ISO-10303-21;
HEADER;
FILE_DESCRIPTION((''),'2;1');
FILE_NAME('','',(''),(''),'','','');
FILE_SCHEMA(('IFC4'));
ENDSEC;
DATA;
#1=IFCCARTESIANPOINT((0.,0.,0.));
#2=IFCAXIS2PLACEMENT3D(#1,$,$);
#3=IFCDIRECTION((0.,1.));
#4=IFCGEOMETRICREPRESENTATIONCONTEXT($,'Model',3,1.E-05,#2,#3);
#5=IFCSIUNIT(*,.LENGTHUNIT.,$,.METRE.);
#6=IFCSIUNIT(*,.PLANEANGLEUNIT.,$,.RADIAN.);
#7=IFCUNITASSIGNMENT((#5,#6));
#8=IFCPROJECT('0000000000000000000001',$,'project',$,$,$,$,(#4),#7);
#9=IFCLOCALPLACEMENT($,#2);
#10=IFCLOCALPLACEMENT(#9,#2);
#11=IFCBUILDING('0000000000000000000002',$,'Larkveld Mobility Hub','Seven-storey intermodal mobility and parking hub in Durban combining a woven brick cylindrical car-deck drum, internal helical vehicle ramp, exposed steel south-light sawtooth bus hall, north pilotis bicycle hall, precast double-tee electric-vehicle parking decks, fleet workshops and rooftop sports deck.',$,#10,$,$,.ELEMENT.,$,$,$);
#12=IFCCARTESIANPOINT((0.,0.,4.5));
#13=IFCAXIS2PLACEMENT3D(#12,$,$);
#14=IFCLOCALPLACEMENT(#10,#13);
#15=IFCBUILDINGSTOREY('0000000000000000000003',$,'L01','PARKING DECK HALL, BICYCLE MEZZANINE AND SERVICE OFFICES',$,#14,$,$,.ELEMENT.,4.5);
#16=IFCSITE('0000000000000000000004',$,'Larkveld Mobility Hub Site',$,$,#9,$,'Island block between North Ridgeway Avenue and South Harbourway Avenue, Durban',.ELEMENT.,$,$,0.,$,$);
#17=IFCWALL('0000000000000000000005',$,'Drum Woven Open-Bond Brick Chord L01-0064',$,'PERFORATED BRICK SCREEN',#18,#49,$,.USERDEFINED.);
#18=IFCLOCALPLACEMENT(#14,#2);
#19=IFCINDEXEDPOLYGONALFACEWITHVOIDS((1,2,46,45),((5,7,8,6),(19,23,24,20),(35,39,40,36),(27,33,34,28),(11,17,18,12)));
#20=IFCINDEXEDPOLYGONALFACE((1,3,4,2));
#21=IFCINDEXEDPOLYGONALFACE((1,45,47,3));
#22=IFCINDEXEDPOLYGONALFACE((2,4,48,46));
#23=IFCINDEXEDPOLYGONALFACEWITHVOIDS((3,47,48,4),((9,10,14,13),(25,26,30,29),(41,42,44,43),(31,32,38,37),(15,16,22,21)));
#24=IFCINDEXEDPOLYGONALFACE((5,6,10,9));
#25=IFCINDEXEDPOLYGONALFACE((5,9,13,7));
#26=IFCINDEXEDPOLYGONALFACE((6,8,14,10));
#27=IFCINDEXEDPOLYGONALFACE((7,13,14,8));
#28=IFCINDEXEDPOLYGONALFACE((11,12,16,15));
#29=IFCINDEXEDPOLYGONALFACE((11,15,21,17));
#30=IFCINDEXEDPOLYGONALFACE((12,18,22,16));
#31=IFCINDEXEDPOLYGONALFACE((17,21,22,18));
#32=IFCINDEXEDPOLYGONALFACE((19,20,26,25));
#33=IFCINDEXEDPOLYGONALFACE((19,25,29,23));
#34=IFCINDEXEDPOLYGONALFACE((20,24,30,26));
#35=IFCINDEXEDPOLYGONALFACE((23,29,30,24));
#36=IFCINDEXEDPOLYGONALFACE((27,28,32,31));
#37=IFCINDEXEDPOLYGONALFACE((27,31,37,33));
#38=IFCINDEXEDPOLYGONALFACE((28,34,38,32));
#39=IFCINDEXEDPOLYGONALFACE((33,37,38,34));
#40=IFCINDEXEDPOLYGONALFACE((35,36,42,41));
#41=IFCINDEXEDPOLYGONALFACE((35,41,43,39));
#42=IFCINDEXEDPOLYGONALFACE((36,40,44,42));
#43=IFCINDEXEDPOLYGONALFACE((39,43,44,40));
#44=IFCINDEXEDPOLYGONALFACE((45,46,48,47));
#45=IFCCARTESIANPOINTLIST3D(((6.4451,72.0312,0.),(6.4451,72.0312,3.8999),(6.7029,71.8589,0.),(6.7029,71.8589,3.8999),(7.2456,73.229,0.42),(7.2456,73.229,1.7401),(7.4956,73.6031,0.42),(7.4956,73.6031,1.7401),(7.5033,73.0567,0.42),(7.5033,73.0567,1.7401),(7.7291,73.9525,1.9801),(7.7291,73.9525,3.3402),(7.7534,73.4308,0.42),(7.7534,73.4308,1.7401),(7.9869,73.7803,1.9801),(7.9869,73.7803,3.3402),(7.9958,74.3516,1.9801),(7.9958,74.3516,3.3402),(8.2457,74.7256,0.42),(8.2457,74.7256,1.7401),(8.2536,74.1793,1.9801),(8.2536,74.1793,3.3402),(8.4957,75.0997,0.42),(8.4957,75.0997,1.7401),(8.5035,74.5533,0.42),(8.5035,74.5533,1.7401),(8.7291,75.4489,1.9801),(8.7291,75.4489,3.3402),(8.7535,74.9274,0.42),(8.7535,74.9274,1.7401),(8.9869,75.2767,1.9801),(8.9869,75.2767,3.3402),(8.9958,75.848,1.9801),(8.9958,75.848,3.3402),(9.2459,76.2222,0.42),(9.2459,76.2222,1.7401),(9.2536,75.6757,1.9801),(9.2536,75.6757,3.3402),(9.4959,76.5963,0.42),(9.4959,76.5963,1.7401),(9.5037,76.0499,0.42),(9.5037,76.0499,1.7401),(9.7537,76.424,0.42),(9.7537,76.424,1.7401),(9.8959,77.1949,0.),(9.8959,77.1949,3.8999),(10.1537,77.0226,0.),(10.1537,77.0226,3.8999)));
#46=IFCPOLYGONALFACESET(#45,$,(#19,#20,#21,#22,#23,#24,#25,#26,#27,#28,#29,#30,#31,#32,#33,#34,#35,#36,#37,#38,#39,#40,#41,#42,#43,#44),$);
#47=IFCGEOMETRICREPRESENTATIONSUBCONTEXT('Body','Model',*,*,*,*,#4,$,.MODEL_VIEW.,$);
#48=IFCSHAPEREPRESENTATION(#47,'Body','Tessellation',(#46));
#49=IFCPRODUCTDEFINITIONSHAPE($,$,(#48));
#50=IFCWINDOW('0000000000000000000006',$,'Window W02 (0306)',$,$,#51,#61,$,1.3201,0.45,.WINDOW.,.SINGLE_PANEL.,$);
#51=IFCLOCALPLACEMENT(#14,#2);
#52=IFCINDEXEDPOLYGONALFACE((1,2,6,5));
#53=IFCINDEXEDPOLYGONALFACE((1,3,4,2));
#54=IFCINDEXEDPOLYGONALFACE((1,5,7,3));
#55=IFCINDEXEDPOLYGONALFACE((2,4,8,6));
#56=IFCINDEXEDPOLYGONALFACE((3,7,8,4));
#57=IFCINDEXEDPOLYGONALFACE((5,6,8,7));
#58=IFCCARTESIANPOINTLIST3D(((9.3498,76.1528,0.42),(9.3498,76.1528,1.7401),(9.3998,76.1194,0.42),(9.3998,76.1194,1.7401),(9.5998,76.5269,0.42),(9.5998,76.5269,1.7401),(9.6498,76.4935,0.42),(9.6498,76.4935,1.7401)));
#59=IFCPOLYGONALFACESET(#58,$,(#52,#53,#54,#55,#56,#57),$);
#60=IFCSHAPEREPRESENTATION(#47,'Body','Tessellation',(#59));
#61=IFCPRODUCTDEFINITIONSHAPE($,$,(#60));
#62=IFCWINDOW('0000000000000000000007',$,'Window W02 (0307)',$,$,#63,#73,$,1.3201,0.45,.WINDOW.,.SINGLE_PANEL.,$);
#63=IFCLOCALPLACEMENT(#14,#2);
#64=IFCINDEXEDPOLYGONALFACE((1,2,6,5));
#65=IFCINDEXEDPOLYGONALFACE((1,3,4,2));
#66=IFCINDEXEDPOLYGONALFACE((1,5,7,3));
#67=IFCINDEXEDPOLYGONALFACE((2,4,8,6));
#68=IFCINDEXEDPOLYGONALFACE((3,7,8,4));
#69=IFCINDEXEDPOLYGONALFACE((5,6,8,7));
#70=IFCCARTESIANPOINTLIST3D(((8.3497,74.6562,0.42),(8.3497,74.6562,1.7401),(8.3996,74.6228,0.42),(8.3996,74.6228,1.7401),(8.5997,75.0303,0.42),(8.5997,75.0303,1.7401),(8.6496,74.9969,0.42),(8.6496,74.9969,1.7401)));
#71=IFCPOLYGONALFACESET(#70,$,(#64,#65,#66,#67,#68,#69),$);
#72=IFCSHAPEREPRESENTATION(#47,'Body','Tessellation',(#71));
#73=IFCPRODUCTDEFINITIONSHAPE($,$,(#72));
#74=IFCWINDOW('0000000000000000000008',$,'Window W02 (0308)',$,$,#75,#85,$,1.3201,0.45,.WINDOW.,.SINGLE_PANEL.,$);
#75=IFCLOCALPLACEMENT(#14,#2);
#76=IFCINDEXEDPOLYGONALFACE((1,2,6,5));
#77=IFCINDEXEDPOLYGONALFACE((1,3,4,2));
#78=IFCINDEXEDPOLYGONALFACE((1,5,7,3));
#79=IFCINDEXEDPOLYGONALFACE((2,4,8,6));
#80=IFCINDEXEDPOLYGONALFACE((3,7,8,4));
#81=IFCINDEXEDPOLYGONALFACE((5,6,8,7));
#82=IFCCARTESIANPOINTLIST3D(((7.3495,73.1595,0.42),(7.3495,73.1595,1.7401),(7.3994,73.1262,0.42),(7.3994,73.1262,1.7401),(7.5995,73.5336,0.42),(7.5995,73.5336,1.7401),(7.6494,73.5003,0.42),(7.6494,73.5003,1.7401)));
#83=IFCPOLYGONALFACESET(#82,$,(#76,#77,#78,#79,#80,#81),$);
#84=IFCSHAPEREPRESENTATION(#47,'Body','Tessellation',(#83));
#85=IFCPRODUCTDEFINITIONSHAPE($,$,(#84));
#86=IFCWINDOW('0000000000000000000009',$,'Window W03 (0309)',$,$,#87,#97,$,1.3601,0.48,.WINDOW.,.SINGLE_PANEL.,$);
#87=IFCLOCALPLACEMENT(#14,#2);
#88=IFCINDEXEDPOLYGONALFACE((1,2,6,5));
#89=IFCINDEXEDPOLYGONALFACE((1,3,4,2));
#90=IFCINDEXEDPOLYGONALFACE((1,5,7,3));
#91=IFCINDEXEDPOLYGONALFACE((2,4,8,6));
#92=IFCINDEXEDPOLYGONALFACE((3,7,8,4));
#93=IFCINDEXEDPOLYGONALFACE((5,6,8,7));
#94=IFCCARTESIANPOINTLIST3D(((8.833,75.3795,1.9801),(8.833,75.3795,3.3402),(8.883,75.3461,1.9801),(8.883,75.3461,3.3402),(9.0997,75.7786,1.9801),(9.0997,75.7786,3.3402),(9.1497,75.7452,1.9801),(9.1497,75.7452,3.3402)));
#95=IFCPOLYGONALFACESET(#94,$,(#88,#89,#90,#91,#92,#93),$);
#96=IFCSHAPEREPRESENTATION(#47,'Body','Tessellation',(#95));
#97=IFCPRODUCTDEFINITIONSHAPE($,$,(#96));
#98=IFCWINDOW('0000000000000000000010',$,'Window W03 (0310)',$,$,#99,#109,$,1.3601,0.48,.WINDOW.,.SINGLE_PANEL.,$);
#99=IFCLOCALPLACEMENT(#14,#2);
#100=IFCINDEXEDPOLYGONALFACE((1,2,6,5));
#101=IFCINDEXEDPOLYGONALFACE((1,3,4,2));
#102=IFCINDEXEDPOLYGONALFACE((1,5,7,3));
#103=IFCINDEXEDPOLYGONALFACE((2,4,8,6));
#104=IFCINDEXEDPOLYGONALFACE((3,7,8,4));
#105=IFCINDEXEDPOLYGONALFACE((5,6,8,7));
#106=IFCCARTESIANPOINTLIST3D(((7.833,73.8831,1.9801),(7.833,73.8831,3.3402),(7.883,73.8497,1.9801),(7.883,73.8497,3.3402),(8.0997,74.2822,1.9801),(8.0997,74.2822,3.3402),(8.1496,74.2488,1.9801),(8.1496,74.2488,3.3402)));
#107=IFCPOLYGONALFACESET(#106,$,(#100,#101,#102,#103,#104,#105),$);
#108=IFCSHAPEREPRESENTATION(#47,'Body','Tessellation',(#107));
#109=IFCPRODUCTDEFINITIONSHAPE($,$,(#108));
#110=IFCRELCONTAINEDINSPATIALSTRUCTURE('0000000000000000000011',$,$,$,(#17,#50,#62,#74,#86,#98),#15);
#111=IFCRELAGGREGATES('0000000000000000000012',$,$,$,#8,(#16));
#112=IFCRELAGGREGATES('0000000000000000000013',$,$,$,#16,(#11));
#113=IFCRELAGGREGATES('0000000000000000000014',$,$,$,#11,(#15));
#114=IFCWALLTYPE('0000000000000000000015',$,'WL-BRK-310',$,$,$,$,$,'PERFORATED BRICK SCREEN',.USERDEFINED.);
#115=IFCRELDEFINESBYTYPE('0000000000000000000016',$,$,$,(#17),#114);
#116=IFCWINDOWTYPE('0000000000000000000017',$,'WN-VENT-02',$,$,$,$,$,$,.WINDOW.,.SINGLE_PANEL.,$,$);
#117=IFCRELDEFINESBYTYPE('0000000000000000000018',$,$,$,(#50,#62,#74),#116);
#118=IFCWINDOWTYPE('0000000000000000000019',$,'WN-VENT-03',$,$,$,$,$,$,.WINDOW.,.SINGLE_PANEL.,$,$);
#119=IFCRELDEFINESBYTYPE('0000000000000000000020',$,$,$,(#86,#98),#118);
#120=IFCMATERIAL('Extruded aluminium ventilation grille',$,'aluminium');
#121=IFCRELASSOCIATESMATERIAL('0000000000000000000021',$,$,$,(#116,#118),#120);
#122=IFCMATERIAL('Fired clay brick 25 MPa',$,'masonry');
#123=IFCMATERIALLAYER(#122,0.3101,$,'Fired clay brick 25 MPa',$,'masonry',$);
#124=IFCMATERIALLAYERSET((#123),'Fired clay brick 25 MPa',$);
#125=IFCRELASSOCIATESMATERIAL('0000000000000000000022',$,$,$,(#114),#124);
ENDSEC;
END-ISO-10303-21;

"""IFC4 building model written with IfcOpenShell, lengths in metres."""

from ifc_helpers import new_model, si_unit, direction, frame, frame_2d, origin, place, context, subcontext, project, spatial, rectangle, extrude, material, layer, layer_set, type_object, element, fill, save


model = new_model("IFC4")

# Units and contexts
model_context = context("Model", 3, precision=1e-05, world=origin(), true_north=direction((0.0, 1.0)))
body_context = subcontext(model_context, "Body", "Model", "MODEL_VIEW")
ifc_project = project(units=[si_unit("LENGTHUNIT", "METRE"), si_unit("PLANEANGLEUNIT", "RADIAN")], contexts=[model_context])

# Site, building, storey
site_placement = place(None, origin())
site = spatial("IfcSite", under=ifc_project, at=site_placement, Name="Larkveld Mobility Hub Site", LongName="Island block between North Ridgeway Avenue and South Harbourway Avenue, Durban", CompositionType="ELEMENT", RefElevation=0.0)
building_placement = place(site_placement, origin())
building = spatial("IfcBuilding", under=site, at=building_placement, Name="Larkveld Mobility Hub", Description="Seven-storey intermodal mobility and parking hub in Durban combining a woven brick cylindrical car-deck drum, internal helical vehicle ramp, exposed steel south-light sawtooth bus hall, north pilotis bicycle hall, precast double-tee electric-vehicle parking decks, fleet workshops and rooftop sports deck.", CompositionType="ELEMENT")
storey_placement = place(building_placement, frame((0.0, 0.0, 4.5)))
storey = spatial("IfcBuildingStorey", under=building, at=storey_placement, Name="L01", Description="PARKING DECK HALL, BICYCLE MEZZANINE AND SERVICE OFFICES", CompositionType="ELEMENT", Elevation=4.5)

# Wall, openings, windows
ifc_material_1 = material(Name="Fired clay brick 25 MPa", Category="masonry")
ifc_material_2 = material(Name="Extruded aluminium ventilation grille", Category="aluminium")
window_type_1 = type_object("IfcWindowType", Name="WN-VENT-02", PartitioningType="SINGLE_PANEL", PredefinedType="WINDOW", material=ifc_material_2)
ifc_layer_1 = layer(ifc_material_1, 0.3101, Name="Fired clay brick 25 MPa", Category="masonry")
ifc_layer_set_1 = layer_set([ifc_layer_1], Name="Fired clay brick 25 MPa")
wall_type_1 = type_object("IfcWallType", Name="WL-BRK-310", ElementType="PERFORATED BRICK SCREEN", PredefinedType="USERDEFINED", material=ifc_layer_set_1)
wall_1_placement = place(storey_placement, frame((10.0249, 77.1089, 0.0), z_axis=(0.0, 0.0, 1.0), x_axis=(-0.555634, -0.831427, 0.0)))
wall_1 = element("IfcWall", 1, at=wall_1_placement, inside=storey, type_object=wall_type_1, Name="Drum Woven Open-Bond Brick Chord L01-0064", ObjectType="PERFORATED BRICK SCREEN", PredefinedType="USERDEFINED", context=body_context, shape_type="SweptSolid", body=[
    extrude(rectangle(XDim=6.2107, YDim=0.3101, at=frame_2d((3.1055, 0.0))), origin(), (0.0, 0.0, 1.0), 3.8999),
])
opening_1_placement = place(wall_1_placement, frame((0.72, 0.0, 0.4199)))
opening_1 = element("IfcOpeningElement", 2, at=opening_1_placement, cuts=wall_1, PredefinedType="OPENING", context=body_context, shape_type="SweptSolid", body=[
    extrude(rectangle(XDim=0.45, YDim=1.3201, at=frame_2d((0.2251, 0.6602))), frame((0.0, 0.165, 0.0), z_axis=(0.0, -1.0, 0.0), x_axis=(1.0, 0.0, 0.0)), (0.0, 0.0, 1.0), 0.3301),
])
opening_2_placement = place(wall_1_placement, frame((2.52, 0.0, 0.4199)))
opening_2 = element("IfcOpeningElement", 3, at=opening_2_placement, cuts=wall_1, PredefinedType="OPENING", context=body_context, shape_type="SweptSolid", body=[
    extrude(rectangle(XDim=0.45, YDim=1.3201, at=frame_2d((0.2251, 0.6602))), frame((0.0, 0.165, 0.0), z_axis=(0.0, -1.0, 0.0), x_axis=(1.0, 0.0, 0.0)), (0.0, 0.0, 1.0), 0.3301),
])
opening_3_placement = place(wall_1_placement, frame((4.3201, 0.0, 0.4199)))
opening_3 = element("IfcOpeningElement", 4, at=opening_3_placement, cuts=wall_1, PredefinedType="OPENING", context=body_context, shape_type="SweptSolid", body=[
    extrude(rectangle(XDim=0.45, YDim=1.3201, at=frame_2d((0.2251, 0.6602))), frame((0.0, 0.165, 0.0), z_axis=(0.0, -1.0, 0.0), x_axis=(1.0, 0.0, 0.0)), (0.0, 0.0, 1.0), 0.3301),
])
opening_4_placement = place(wall_1_placement, frame((1.6201, 0.0, 1.98)))
opening_4 = element("IfcOpeningElement", 5, at=opening_4_placement, cuts=wall_1, PredefinedType="OPENING", context=body_context, shape_type="SweptSolid", body=[
    extrude(rectangle(XDim=0.48, YDim=1.3601, at=frame_2d((0.24, 0.6802))), frame((0.0, 0.165, 0.0), z_axis=(0.0, -1.0, 0.0), x_axis=(1.0, 0.0, 0.0)), (0.0, 0.0, 1.0), 0.3301),
])
opening_5_placement = place(wall_1_placement, frame((3.4199, 0.0, 1.98)))
opening_5 = element("IfcOpeningElement", 6, at=opening_5_placement, cuts=wall_1, PredefinedType="OPENING", context=body_context, shape_type="SweptSolid", body=[
    extrude(rectangle(XDim=0.48, YDim=1.3601, at=frame_2d((0.24, 0.6802))), frame((0.0, 0.165, 0.0), z_axis=(0.0, -1.0, 0.0), x_axis=(1.0, 0.0, 0.0)), (0.0, 0.0, 1.0), 0.3301),
])
window_1_placement = place(opening_1_placement, origin())
window_1 = element("IfcWindow", 7, at=window_1_placement, inside=storey, type_object=window_type_1, Name="Window W02 (0306)", OverallHeight=1.3201, OverallWidth=0.45, PartitioningType="SINGLE_PANEL", PredefinedType="WINDOW", context=body_context, shape_type="SweptSolid", body=[
    extrude(rectangle(XDim=0.45, YDim=1.3201, at=frame_2d((0.2251, 0.6602))), frame((0.0, 0.03, 0.0), z_axis=(0.0, -1.0, 0.0), x_axis=(1.0, 0.0, 0.0)), (0.0, 0.0, 1.0), 0.0601),
])
fill(opening_1, window_1)
window_2_placement = place(opening_2_placement, origin())
window_2 = element("IfcWindow", 8, at=window_2_placement, inside=storey, type_object=window_type_1, Name="Window W02 (0307)", OverallHeight=1.3201, OverallWidth=0.45, PartitioningType="SINGLE_PANEL", PredefinedType="WINDOW", context=body_context, shape_type="SweptSolid", body=[
    extrude(rectangle(XDim=0.45, YDim=1.3201, at=frame_2d((0.2251, 0.6602))), frame((0.0, 0.03, 0.0), z_axis=(0.0, -1.0, 0.0), x_axis=(1.0, 0.0, 0.0)), (0.0, 0.0, 1.0), 0.0601),
])
fill(opening_2, window_2)
window_3_placement = place(opening_3_placement, origin())
window_3 = element("IfcWindow", 9, at=window_3_placement, inside=storey, type_object=window_type_1, Name="Window W02 (0308)", OverallHeight=1.3201, OverallWidth=0.45, PartitioningType="SINGLE_PANEL", PredefinedType="WINDOW", context=body_context, shape_type="SweptSolid", body=[
    extrude(rectangle(XDim=0.45, YDim=1.3201, at=frame_2d((0.2251, 0.6602))), frame((0.0, 0.03, 0.0), z_axis=(0.0, -1.0, 0.0), x_axis=(1.0, 0.0, 0.0)), (0.0, 0.0, 1.0), 0.0601),
])
fill(opening_3, window_3)
window_type_2 = type_object("IfcWindowType", Name="WN-VENT-03", PartitioningType="SINGLE_PANEL", PredefinedType="WINDOW", material=ifc_material_2)
window_4_placement = place(opening_4_placement, origin())
window_4 = element("IfcWindow", 10, at=window_4_placement, inside=storey, type_object=window_type_2, Name="Window W03 (0309)", OverallHeight=1.3601, OverallWidth=0.48, PartitioningType="SINGLE_PANEL", PredefinedType="WINDOW", context=body_context, shape_type="SweptSolid", body=[
    extrude(rectangle(XDim=0.48, YDim=1.3601, at=frame_2d((0.24, 0.6802))), frame((0.0, 0.03, 0.0), z_axis=(0.0, -1.0, 0.0), x_axis=(1.0, 0.0, 0.0)), (0.0, 0.0, 1.0), 0.0601),
])
fill(opening_4, window_4)
window_5_placement = place(opening_5_placement, origin())
window_5 = element("IfcWindow", 11, at=window_5_placement, inside=storey, type_object=window_type_2, Name="Window W03 (0310)", OverallHeight=1.3601, OverallWidth=0.48, PartitioningType="SINGLE_PANEL", PredefinedType="WINDOW", context=body_context, shape_type="SweptSolid", body=[
    extrude(rectangle(XDim=0.48, YDim=1.3601, at=frame_2d((0.24, 0.6802))), frame((0.0, 0.03, 0.0), z_axis=(0.0, -1.0, 0.0), x_axis=(1.0, 0.0, 0.0)), (0.0, 0.0, 1.0), 0.0601),
])
fill(opening_5, window_5)

save(model, "model.ifc")
